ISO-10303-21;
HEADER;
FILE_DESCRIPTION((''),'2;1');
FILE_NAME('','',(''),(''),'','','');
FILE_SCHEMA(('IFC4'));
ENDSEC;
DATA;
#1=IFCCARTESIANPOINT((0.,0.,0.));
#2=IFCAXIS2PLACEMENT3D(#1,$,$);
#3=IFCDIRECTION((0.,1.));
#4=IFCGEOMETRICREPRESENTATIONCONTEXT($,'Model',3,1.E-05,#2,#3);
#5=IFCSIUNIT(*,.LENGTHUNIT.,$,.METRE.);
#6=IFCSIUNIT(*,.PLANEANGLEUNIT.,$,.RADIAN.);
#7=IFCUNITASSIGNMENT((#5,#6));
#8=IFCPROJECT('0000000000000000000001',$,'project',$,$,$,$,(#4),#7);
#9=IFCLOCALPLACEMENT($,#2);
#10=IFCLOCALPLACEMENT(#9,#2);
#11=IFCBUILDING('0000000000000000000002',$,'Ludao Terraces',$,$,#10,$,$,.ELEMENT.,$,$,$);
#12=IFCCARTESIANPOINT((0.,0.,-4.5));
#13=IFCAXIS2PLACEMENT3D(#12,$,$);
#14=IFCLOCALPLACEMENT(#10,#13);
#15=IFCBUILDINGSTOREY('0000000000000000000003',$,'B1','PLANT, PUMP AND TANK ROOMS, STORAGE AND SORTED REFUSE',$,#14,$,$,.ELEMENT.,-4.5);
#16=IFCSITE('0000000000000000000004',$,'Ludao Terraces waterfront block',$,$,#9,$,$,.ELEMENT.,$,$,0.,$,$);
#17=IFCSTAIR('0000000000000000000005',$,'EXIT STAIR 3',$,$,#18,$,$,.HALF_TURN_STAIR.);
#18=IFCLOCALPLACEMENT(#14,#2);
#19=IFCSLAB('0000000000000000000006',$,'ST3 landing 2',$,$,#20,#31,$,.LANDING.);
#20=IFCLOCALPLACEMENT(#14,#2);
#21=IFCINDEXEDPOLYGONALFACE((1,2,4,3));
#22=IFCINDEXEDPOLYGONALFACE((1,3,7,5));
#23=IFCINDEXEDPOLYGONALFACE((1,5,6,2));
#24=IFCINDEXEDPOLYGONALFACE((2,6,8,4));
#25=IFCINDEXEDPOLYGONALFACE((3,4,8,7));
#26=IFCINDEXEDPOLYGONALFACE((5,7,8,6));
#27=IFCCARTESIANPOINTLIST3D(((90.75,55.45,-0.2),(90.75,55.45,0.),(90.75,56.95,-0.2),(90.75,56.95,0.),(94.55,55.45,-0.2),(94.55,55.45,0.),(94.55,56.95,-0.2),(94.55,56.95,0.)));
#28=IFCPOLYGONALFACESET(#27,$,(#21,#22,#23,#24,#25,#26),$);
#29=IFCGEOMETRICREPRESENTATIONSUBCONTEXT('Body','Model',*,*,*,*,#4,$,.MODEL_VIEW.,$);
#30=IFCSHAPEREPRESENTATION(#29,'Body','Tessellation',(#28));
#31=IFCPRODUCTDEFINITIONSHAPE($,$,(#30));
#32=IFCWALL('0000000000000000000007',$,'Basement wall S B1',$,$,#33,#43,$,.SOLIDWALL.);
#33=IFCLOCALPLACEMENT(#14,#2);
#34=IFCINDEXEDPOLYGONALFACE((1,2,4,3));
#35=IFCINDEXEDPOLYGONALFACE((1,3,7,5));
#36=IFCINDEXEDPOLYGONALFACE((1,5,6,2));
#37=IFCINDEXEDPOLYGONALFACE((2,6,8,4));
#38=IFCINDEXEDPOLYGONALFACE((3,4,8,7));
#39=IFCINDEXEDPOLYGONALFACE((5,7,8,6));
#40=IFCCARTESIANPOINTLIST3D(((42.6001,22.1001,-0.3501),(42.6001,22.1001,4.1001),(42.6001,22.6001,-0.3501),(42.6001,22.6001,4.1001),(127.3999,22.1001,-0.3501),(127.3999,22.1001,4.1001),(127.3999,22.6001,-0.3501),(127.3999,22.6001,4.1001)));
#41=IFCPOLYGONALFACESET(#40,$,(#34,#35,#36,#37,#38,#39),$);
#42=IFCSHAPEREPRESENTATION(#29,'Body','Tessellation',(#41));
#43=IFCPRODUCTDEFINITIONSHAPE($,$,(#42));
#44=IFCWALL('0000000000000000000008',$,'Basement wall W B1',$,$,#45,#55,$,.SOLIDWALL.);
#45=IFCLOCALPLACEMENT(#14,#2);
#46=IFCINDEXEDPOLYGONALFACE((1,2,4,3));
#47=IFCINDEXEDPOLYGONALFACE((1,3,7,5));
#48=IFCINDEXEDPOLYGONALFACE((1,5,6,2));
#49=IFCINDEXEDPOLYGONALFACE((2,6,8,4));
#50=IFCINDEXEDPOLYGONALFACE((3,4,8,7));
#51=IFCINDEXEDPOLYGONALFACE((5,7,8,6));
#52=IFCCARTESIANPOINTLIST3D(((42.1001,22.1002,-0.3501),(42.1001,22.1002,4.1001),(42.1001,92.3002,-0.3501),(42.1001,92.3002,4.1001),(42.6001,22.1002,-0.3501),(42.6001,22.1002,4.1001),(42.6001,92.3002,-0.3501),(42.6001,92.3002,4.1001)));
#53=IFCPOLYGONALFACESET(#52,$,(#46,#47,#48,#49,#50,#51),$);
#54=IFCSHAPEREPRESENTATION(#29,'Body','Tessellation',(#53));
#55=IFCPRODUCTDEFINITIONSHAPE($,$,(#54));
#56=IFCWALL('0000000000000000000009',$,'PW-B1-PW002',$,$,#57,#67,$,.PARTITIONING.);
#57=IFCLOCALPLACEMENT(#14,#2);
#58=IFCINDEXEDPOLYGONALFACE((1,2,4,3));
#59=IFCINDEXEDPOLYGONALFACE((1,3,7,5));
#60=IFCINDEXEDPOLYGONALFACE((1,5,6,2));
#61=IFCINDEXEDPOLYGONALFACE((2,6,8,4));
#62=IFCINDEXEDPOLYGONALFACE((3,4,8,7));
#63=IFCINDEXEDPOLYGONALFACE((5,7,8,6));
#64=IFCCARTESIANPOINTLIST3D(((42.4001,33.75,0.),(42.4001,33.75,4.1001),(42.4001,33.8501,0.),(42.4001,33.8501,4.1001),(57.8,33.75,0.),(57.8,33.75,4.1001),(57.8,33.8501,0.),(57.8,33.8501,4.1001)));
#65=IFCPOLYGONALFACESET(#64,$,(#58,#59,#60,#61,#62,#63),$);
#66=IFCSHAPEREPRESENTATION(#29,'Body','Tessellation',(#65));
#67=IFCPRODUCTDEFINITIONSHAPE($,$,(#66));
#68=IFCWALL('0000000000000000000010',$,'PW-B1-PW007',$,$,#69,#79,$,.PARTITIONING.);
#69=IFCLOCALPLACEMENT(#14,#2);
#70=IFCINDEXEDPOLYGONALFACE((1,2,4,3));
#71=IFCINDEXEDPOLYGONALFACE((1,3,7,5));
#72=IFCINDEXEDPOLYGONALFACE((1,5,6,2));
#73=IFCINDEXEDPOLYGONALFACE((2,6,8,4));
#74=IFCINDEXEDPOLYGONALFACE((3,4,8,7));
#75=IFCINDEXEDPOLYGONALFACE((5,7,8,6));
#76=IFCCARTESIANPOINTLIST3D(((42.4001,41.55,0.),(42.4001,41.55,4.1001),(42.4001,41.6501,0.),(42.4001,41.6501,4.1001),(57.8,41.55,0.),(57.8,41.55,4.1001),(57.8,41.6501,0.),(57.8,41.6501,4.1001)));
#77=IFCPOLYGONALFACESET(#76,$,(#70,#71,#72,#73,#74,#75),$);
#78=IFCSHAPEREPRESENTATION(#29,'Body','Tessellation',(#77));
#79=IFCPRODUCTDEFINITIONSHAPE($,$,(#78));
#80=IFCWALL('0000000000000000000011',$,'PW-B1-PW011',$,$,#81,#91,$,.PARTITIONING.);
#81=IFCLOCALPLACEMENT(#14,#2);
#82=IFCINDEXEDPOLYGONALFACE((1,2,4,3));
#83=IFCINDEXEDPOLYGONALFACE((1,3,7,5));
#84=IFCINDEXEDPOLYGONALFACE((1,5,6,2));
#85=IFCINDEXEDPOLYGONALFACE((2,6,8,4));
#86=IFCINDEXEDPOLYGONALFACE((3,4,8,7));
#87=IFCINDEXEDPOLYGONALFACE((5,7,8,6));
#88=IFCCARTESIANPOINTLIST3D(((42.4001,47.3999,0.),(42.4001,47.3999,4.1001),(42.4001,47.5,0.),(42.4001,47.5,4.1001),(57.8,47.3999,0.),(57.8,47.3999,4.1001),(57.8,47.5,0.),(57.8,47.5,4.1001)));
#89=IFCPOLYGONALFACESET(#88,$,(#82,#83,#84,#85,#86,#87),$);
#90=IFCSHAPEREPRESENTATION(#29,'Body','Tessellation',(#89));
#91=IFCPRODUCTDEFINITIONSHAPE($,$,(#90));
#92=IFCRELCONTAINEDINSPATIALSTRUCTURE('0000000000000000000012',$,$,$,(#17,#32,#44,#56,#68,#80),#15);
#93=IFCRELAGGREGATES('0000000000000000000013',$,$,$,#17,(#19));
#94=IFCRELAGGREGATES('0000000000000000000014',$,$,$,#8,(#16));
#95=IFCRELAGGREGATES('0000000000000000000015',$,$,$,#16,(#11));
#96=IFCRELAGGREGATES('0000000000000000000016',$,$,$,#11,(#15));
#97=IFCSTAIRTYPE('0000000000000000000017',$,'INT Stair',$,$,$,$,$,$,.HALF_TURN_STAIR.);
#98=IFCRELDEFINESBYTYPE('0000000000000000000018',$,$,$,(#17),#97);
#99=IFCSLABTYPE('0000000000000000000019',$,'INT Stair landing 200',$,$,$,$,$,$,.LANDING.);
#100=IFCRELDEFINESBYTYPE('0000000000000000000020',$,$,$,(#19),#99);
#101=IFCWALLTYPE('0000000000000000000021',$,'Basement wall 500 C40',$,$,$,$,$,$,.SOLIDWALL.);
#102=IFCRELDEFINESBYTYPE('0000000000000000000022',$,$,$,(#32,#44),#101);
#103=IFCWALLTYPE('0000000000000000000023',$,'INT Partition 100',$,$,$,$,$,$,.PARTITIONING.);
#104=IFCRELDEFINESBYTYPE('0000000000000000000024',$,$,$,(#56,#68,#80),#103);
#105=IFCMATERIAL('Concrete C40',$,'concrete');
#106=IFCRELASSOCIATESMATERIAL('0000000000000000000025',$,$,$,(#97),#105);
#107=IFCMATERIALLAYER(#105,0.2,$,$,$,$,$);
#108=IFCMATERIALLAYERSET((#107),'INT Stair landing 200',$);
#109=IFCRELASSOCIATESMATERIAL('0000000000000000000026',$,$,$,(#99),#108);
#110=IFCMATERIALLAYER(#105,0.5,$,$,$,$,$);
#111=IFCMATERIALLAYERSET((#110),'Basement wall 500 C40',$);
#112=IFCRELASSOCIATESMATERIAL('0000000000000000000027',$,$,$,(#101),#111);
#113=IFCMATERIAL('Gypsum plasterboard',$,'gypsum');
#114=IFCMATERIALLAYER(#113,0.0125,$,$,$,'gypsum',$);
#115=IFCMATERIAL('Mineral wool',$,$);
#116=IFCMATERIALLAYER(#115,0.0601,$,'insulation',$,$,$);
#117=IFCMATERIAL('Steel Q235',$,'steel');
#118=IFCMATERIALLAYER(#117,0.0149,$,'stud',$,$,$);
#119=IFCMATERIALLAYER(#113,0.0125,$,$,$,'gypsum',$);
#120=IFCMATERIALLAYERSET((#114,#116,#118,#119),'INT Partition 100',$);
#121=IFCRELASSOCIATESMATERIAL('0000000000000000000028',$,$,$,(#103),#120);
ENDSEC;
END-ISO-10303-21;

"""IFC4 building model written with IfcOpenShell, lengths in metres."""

from ifc_helpers import new_model, si_unit, direction, frame, frame_2d, origin, place, context, subcontext, project, spatial, polyline, rectangle, outline, extrude, material, layer, layer_set, type_object, element, aggregate, save


model = new_model("IFC4")

# Units and contexts
model_context = context("Model", 3, precision=1e-05, world=origin(), true_north=direction((0.0, 1.0)))
body_context = subcontext(model_context, "Body", "Model", "MODEL_VIEW")
ifc_project = project(units=[si_unit("LENGTHUNIT", "METRE"), si_unit("PLANEANGLEUNIT", "RADIAN")], contexts=[model_context])

# Site, building, storey
site_placement = place(None, origin())
site = spatial("IfcSite", under=ifc_project, at=site_placement, Name="Ludao Terraces waterfront block", CompositionType="ELEMENT", RefElevation=0.0)
building_placement = place(site_placement, origin())
building = spatial("IfcBuilding", under=site, at=building_placement, Name="Ludao Terraces", CompositionType="ELEMENT")
storey_placement = place(building_placement, frame((0.0, 0.0, -4.5)))
storey = spatial("IfcBuildingStorey", under=building, at=storey_placement, Name="B1", Description="PLANT, PUMP AND TANK ROOMS, STORAGE AND SORTED REFUSE", CompositionType="ELEMENT", Elevation=-4.5)

# Shared definitions
ifc_material_1 = material(Name="Concrete C40", Category="concrete")

# Stair, slab
stair_type = type_object("IfcStairType", Name="INT Stair", PredefinedType="HALF_TURN_STAIR", material=ifc_material_1)
ifc_layer_1 = layer(ifc_material_1, 0.2)
ifc_layer_set_1 = layer_set([ifc_layer_1], Name="INT Stair landing 200")
slab_type_1 = type_object("IfcSlabType", Name="INT Stair landing 200", PredefinedType="LANDING", material=ifc_layer_set_1)
stair_1_placement = place(storey_placement, origin())
stair_1 = element("IfcStair", 1, at=stair_1_placement, inside=storey, type_object=stair_type, Name="EXIT STAIR 3", PredefinedType="HALF_TURN_STAIR")
slab_1_placement = place(storey_placement, frame((0.0, 0.0, -0.2)))
slab_1 = element("IfcSlab", 2, at=slab_1_placement, type_object=slab_type_1, Name="ST3 landing 2", PredefinedType="LANDING", context=body_context, shape_type="SweptSolid", body=[
    extrude(outline(polyline([(90.75, 55.45), (94.55, 55.45), (94.55, 56.95), (90.75, 56.95), (90.75, 55.45)])), origin(), (0.0, 0.0, 1.0), 0.2),
])
aggregate(stair_1, [slab_1])

# Walls
ifc_layer_2 = layer(ifc_material_1, 0.5)
ifc_layer_set_2 = layer_set([ifc_layer_2], Name="Basement wall 500 C40")
wall_type_1 = type_object("IfcWallType", Name="Basement wall 500 C40", PredefinedType="SOLIDWALL", material=ifc_layer_set_2)
wall_1_placement = place(storey_placement, frame((42.6001, 22.3501, -0.3501), z_axis=(0.0, 0.0, 1.0), x_axis=(1.0, 0.0, 0.0)))
element("IfcWall", 3, at=wall_1_placement, inside=storey, type_object=wall_type_1, Name="Basement wall S B1", PredefinedType="SOLIDWALL", context=body_context, shape_type="SweptSolid", body=[
    extrude(rectangle(XDim=84.7998, YDim=0.5, at=frame_2d((42.3999, 0.0))), origin(), (0.0, 0.0, 1.0), 4.4502),
])
wall_2_placement = place(storey_placement, frame((42.3501, 22.1001, -0.3501), z_axis=(0.0, 0.0, 1.0), x_axis=(0.0, 1.0, 0.0)))
element("IfcWall", 4, at=wall_2_placement, inside=storey, type_object=wall_type_1, Name="Basement wall W B1", PredefinedType="SOLIDWALL", context=body_context, shape_type="SweptSolid", body=[
    extrude(rectangle(XDim=70.2, YDim=0.5, at=frame_2d((35.1001, 0.0))), origin(), (0.0, 0.0, 1.0), 4.4502),
])
ifc_material_2 = material(Name="Gypsum plasterboard", Category="gypsum")
ifc_layer_3 = layer(ifc_material_2, 0.0125, Category="gypsum")
ifc_material_3 = material(Name="Mineral wool")
ifc_layer_4 = layer(ifc_material_3, 0.0601, Name="insulation")
ifc_material_4 = material(Name="Steel Q235", Category="steel")
ifc_layer_5 = layer(ifc_material_4, 0.0149, Name="stud")
ifc_layer_6 = layer(ifc_material_2, 0.0125, Category="gypsum")
ifc_layer_set_3 = layer_set([ifc_layer_3, ifc_layer_4, ifc_layer_5, ifc_layer_6], Name="INT Partition 100")
wall_type_2 = type_object("IfcWallType", Name="INT Partition 100", PredefinedType="PARTITIONING", material=ifc_layer_set_3)
for number, where, z_axis, x_axis, name in (
    (5, (42.4001, 33.8, 0.0), (0.0, 0.0, 1.0), (1.0, 0.0, 0.0), "PW-B1-PW002"),
    (6, (42.4001, 41.6001, 0.0), (0.0, 0.0, 1.0), (1.0, 0.0, 0.0), "PW-B1-PW007"),
    (7, (42.4001, 47.45, 0.0), (0.0, 0.0, 1.0), (1.0, 0.0, 0.0), "PW-B1-PW011"),
):
    element("IfcWall", number, at=place(storey_placement, frame(where, z_axis=z_axis, x_axis=x_axis)), inside=storey, type_object=wall_type_2, Name=name, PredefinedType="PARTITIONING", context=body_context, shape_type="SweptSolid", body=[
        extrude(rectangle(XDim=15.3999, YDim=0.1001, at=frame_2d((7.7, 0.0))), origin(), (0.0, 0.0, 1.0), 4.1001),
    ])

save(model, "model.ifc")
